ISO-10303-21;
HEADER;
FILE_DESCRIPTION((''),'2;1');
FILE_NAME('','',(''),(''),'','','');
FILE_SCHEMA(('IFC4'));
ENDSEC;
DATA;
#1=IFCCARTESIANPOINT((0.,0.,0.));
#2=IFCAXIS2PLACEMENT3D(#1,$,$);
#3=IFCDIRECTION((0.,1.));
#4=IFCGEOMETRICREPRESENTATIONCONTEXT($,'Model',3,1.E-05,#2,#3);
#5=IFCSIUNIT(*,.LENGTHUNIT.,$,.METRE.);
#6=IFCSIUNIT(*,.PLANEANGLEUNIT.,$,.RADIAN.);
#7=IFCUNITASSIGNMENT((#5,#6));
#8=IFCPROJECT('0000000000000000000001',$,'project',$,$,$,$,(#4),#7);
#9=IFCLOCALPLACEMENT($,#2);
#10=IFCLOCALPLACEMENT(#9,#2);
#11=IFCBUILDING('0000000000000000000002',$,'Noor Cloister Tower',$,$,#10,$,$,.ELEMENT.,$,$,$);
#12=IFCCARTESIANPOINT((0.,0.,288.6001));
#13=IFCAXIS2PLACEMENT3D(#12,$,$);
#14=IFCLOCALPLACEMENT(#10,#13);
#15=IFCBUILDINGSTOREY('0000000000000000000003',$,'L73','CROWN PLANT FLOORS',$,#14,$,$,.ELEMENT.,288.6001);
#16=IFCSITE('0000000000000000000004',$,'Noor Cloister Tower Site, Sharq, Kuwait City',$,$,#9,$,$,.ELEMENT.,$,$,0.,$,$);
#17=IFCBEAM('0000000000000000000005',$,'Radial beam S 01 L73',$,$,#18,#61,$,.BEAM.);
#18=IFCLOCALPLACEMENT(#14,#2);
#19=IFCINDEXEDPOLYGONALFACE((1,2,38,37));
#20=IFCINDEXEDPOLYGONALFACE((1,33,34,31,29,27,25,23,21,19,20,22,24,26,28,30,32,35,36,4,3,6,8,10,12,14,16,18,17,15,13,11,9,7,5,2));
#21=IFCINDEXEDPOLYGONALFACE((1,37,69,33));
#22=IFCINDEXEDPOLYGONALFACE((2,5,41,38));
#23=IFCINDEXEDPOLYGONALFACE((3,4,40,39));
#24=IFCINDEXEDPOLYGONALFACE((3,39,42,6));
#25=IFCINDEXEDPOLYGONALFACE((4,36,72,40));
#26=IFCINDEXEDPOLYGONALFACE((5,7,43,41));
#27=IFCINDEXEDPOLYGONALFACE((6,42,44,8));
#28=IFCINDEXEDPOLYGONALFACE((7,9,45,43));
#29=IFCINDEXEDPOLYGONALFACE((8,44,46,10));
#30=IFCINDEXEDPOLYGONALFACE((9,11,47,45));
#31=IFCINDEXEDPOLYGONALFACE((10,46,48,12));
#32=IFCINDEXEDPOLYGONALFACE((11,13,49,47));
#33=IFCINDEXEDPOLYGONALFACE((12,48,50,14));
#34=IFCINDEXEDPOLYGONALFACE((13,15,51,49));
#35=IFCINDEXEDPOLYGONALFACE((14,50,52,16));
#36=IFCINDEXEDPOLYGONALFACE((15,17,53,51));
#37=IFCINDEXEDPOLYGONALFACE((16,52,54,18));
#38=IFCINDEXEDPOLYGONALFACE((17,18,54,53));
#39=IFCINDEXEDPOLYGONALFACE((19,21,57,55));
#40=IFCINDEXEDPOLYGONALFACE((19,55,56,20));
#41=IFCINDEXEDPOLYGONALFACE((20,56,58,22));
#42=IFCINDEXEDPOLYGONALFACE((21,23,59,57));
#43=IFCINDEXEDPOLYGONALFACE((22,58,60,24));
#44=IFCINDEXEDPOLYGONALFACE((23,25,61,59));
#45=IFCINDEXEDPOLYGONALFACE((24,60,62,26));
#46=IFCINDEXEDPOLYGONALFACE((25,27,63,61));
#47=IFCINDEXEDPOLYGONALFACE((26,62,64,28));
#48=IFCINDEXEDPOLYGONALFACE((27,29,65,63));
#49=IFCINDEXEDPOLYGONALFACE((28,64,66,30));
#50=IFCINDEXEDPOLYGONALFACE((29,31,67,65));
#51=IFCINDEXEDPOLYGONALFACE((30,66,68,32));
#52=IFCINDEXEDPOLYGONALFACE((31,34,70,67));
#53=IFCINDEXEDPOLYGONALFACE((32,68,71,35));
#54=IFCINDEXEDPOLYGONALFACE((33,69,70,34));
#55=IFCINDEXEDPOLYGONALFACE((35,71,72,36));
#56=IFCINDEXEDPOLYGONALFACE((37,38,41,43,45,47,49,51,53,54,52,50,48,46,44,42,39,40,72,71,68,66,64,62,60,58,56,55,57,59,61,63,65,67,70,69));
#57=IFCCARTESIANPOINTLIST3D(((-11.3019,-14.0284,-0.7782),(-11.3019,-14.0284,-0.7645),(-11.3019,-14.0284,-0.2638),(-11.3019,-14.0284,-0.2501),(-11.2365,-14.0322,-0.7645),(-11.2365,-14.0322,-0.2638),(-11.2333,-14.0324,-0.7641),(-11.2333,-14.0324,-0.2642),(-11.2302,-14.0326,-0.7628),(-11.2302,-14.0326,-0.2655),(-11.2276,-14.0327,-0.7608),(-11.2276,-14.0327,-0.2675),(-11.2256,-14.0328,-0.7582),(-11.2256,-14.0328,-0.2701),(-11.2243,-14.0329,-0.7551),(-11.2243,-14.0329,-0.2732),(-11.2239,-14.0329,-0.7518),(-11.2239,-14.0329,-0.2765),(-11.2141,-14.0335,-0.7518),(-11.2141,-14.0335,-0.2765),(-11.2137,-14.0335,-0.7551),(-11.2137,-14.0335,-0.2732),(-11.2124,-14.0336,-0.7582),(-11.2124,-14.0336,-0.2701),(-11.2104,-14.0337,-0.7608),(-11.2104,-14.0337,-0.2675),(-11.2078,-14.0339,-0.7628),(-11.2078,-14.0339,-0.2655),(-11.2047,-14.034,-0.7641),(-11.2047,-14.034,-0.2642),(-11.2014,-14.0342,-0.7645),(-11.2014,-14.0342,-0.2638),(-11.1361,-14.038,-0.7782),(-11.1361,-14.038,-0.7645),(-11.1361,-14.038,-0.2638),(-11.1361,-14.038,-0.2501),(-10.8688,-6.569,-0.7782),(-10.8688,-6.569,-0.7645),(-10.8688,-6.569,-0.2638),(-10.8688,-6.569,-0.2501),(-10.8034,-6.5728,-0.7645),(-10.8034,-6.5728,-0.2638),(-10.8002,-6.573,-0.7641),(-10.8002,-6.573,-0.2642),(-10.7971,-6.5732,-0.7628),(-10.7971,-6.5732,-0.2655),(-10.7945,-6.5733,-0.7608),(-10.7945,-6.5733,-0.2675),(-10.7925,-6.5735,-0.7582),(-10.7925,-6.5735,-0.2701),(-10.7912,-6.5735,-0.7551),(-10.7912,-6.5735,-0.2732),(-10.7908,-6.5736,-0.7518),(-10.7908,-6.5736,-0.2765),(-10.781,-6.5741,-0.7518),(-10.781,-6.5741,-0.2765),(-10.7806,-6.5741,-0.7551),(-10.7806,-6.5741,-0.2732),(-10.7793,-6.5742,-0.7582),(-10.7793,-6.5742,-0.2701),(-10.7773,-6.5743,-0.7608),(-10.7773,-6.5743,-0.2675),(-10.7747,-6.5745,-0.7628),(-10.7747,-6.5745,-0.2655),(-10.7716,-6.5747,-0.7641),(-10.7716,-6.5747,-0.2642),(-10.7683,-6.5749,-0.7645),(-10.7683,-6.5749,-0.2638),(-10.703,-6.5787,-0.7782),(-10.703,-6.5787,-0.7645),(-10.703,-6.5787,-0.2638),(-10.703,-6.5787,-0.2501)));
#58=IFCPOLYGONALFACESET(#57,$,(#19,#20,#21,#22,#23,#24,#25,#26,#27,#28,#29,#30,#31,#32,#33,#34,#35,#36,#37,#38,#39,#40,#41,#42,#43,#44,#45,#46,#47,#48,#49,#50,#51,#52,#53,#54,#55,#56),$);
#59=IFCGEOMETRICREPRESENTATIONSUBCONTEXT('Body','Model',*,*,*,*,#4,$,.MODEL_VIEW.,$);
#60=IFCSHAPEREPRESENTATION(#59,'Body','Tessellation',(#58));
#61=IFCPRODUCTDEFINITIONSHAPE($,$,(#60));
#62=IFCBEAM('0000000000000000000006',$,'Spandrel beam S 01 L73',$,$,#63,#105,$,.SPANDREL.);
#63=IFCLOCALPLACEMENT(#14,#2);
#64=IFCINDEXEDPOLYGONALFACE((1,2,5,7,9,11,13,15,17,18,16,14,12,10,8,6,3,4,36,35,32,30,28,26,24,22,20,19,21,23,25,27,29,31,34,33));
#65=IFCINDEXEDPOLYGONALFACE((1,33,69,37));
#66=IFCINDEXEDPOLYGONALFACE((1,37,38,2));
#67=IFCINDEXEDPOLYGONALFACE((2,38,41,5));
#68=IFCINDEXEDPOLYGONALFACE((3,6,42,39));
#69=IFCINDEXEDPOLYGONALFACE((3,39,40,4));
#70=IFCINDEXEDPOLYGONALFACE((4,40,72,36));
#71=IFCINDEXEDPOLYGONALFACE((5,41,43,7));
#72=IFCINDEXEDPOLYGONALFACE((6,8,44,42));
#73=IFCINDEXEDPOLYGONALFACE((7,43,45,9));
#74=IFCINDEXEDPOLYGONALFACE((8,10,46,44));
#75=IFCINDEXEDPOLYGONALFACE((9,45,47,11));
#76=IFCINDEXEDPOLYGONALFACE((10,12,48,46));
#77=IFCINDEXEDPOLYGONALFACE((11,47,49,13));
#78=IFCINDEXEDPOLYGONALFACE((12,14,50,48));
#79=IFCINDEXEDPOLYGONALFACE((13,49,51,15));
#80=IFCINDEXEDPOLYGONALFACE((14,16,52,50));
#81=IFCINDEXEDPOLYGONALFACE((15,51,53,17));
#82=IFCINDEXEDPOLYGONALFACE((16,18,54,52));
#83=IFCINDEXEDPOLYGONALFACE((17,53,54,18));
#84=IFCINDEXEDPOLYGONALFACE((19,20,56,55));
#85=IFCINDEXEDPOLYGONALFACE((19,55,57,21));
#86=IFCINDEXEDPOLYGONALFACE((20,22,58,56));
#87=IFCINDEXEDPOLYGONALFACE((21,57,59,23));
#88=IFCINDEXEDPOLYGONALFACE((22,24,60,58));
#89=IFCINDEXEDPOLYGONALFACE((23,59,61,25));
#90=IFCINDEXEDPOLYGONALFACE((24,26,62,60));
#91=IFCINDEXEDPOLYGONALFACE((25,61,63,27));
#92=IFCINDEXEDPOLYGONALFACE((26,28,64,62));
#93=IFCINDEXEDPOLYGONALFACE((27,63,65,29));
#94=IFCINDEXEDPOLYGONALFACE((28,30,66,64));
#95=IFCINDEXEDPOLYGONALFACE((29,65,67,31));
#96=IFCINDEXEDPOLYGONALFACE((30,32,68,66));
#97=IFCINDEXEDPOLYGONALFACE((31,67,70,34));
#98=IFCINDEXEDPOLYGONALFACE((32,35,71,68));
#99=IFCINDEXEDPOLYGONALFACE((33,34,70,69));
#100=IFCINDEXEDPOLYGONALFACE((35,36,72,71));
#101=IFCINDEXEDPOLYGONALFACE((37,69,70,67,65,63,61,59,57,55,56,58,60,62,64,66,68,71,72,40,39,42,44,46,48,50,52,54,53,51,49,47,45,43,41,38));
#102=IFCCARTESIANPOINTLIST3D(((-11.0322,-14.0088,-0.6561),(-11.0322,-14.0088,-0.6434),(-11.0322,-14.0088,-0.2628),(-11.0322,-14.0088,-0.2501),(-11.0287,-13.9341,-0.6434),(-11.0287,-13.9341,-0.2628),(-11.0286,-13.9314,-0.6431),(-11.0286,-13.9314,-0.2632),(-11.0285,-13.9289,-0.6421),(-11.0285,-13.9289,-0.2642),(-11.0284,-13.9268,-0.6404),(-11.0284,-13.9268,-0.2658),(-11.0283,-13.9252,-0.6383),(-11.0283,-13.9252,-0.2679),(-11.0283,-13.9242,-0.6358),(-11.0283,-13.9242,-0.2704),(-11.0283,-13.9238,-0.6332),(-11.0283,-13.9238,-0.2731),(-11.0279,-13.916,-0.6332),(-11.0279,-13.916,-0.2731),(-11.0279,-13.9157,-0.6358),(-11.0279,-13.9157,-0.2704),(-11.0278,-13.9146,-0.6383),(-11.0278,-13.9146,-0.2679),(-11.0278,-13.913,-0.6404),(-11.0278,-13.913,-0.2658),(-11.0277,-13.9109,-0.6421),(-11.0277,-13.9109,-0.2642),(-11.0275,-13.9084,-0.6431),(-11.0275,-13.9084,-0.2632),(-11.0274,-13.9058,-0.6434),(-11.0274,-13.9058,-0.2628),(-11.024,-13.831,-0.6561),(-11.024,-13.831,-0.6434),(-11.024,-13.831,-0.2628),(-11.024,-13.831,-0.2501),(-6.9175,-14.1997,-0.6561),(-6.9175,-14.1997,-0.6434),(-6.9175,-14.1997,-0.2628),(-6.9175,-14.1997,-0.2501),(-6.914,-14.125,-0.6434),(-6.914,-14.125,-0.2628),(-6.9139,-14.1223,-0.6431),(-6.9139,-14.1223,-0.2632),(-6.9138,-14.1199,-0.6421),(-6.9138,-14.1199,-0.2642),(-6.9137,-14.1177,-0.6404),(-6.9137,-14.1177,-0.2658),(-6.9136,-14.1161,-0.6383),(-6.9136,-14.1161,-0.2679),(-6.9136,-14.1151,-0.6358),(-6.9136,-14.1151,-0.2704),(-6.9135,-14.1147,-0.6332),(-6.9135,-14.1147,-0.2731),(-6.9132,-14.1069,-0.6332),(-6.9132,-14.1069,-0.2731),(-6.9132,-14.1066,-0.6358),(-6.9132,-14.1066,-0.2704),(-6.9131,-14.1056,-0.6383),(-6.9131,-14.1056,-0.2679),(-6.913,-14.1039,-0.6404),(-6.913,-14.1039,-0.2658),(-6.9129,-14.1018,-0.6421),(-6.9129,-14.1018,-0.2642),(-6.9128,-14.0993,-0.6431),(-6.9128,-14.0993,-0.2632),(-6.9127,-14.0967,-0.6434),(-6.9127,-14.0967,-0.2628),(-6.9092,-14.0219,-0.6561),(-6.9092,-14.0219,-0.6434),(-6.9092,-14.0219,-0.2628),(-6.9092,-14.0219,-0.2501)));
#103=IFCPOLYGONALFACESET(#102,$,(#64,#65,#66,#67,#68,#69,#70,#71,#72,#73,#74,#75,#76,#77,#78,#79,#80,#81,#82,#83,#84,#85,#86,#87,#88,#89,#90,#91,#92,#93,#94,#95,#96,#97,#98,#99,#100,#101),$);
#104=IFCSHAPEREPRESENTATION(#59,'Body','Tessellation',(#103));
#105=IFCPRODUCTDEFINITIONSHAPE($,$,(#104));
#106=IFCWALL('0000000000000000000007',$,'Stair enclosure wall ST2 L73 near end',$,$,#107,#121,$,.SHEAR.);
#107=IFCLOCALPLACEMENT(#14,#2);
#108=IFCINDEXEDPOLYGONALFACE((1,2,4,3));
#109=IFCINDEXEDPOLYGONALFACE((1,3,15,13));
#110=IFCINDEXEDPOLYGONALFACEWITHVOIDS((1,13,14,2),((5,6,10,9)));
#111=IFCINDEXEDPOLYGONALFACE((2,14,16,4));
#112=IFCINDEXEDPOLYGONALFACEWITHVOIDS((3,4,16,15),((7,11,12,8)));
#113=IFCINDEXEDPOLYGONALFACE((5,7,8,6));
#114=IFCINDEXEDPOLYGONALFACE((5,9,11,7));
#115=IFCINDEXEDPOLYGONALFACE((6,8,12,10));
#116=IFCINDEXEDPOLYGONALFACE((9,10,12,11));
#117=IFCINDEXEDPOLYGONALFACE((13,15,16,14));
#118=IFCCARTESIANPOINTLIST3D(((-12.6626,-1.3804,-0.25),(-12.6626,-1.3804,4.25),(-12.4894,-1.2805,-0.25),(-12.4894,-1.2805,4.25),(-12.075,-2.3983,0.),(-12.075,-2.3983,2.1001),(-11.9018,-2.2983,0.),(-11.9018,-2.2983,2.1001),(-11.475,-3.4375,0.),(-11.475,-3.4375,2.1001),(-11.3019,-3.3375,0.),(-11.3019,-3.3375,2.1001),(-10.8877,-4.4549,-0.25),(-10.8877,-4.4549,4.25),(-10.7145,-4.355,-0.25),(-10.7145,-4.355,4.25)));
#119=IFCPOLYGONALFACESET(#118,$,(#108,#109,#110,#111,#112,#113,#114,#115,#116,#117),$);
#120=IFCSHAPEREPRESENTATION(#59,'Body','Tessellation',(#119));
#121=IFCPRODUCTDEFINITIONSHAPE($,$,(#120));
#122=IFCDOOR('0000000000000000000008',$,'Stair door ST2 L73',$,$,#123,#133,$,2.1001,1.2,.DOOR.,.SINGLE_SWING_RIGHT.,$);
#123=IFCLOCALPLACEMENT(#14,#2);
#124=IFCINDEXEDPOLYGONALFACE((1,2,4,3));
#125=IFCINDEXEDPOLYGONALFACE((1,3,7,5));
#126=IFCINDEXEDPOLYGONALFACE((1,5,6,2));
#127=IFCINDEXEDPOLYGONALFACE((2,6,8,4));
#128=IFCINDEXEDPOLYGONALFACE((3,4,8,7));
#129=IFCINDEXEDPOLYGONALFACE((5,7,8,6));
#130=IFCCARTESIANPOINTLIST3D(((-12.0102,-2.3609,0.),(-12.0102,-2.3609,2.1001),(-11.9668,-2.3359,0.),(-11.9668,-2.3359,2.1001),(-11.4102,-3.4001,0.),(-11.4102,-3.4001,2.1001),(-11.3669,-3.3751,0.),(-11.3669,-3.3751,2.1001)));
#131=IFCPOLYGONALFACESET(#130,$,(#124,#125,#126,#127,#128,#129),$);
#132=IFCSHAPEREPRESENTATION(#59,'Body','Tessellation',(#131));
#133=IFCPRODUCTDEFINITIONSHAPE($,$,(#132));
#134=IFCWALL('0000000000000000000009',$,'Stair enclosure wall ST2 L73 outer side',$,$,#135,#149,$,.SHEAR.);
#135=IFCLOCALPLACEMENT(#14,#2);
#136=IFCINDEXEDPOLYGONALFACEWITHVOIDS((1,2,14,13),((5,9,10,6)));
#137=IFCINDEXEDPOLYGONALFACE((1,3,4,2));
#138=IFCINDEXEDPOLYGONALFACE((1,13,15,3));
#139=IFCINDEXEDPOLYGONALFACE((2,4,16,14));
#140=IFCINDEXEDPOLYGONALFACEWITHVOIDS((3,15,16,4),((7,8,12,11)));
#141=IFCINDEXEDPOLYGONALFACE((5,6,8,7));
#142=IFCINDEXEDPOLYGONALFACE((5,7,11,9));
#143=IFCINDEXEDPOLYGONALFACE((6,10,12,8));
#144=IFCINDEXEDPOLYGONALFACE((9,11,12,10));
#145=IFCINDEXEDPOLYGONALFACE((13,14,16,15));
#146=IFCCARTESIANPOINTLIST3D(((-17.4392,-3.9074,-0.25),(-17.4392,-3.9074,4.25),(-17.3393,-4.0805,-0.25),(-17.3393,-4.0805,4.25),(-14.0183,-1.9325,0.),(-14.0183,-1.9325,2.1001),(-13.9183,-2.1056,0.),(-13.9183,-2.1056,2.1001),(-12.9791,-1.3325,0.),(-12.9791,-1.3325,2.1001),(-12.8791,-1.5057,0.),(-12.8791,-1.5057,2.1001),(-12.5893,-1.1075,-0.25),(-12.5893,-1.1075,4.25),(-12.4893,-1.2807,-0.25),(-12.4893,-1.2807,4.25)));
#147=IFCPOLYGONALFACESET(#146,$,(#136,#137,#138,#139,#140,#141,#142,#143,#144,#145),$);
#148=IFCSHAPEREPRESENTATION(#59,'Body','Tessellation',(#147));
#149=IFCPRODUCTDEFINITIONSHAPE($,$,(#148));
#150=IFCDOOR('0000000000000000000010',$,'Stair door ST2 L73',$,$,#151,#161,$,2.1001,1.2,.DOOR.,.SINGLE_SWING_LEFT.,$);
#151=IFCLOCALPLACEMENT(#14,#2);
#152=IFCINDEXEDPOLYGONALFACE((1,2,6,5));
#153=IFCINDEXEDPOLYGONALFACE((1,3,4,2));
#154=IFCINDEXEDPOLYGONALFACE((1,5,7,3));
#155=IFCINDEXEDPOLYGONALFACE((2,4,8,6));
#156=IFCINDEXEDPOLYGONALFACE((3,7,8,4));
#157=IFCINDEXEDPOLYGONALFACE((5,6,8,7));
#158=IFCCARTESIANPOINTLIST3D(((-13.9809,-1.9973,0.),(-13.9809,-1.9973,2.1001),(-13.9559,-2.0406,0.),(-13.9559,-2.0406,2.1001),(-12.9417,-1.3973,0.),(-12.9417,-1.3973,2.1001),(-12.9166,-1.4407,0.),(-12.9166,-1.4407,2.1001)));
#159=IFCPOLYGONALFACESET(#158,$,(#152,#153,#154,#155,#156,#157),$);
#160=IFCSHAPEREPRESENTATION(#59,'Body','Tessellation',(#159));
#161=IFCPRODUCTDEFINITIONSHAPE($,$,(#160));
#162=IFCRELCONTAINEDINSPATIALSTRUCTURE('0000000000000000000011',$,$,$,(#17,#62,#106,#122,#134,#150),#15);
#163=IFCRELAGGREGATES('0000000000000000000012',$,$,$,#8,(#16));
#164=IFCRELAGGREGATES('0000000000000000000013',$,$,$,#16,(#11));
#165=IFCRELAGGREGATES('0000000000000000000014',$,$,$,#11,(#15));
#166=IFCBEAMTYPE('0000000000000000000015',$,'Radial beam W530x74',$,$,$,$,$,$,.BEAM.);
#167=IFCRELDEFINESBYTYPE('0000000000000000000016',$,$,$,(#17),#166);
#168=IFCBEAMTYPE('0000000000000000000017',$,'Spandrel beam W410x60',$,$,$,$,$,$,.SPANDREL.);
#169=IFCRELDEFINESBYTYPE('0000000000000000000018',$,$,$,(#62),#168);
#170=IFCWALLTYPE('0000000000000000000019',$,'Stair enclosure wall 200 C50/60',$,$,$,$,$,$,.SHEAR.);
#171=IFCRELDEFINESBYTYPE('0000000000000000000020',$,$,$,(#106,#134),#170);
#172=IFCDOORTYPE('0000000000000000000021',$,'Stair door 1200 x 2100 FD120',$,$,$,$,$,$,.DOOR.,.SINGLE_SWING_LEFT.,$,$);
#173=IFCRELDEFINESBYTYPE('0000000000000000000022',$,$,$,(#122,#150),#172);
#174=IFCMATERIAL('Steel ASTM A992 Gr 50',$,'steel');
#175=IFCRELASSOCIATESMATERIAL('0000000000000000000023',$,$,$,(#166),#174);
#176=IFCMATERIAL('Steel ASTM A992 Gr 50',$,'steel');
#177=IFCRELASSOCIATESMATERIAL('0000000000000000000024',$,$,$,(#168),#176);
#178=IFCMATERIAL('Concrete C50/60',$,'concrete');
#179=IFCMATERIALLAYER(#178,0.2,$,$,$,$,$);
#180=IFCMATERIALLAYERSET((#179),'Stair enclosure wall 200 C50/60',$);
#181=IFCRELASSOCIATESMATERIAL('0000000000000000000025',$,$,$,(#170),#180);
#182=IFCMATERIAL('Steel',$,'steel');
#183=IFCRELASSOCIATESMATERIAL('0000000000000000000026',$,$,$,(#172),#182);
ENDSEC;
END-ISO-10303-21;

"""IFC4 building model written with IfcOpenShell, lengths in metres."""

from ifc_helpers import new_model, si_unit, direction, frame, frame_2d, origin, origin_2d, place, context, subcontext, project, spatial, rectangle, i_section, extrude, material, layer, layer_set, material_profile, profile_set, type_object, element, fill, save


model = new_model("IFC4")

# Units and contexts
model_context = context("Model", 3, precision=1e-05, world=origin(), true_north=direction((0.0, 1.0)))
body_context = subcontext(model_context, "Body", "Model", "MODEL_VIEW")
ifc_project = project(units=[si_unit("LENGTHUNIT", "METRE"), si_unit("PLANEANGLEUNIT", "RADIAN")], contexts=[model_context])

# Site, building, storey
site_placement = place(None, origin())
site = spatial("IfcSite", under=ifc_project, at=site_placement, Name="Noor Cloister Tower Site, Sharq, Kuwait City", CompositionType="ELEMENT", RefElevation=0.0)
building_placement = place(site_placement, origin())
building = spatial("IfcBuilding", under=site, at=building_placement, Name="Noor Cloister Tower", CompositionType="ELEMENT")
storey_placement = place(building_placement, frame((0.0, 0.0, 288.6001)))
storey = spatial("IfcBuildingStorey", under=building, at=storey_placement, Name="L73", Description="CROWN PLANT FLOORS", CompositionType="ELEMENT", Elevation=288.6001)

# Beams
ifc_material_1 = material(Name="Steel ASTM A992 Gr 50", Category="steel")
ifc_material_profile_1 = material_profile(ifc_material_1, i_section(OverallWidth=0.166, OverallDepth=0.5281, WebThickness=0.0098, FlangeThickness=0.0137, FilletRadius=0.0127, at=origin_2d()), Name="W530x74")
ifc_profile_set_1 = profile_set([ifc_material_profile_1], Name="Steel ASTM A992 Gr 50")
beam_type_1 = type_object("IfcBeamType", Name="Radial beam W530x74", PredefinedType="BEAM", material=ifc_profile_set_1)
beam_1_placement = place(storey_placement, frame((-11.219, -14.0332, -0.5142), z_axis=(0.057964, 0.998319, 0.0), x_axis=(-0.998319, 0.057964, 0.0)))
element("IfcBeam", 1, at=beam_1_placement, inside=storey, type_object=beam_type_1, Name="Radial beam S 01 L73", PredefinedType="BEAM", context=body_context, shape_type="SweptSolid", body=[
    extrude(i_section(OverallWidth=0.166, OverallDepth=0.5281, WebThickness=0.0098, FlangeThickness=0.0137, FilletRadius=0.0127, at=origin_2d()), origin(), (0.0, 0.0, 1.0), 7.4719),
])
ifc_material_2 = material(Name="Steel ASTM A992 Gr 50", Category="steel")
ifc_material_profile_2 = material_profile(ifc_material_2, i_section(OverallWidth=0.178, OverallDepth=0.406, WebThickness=0.0078, FlangeThickness=0.0127, FilletRadius=0.0103, at=origin_2d()), Name="W410x60")
ifc_profile_set_2 = profile_set([ifc_material_profile_2], Name="Steel ASTM A992 Gr 50")
beam_type_2 = type_object("IfcBeamType", Name="Spandrel beam W410x60", PredefinedType="SPANDREL", material=ifc_profile_set_2)
beam_2_placement = place(storey_placement, frame((-11.0281, -13.9199, -0.4531), z_axis=(0.998925, -0.046349, 0.0), x_axis=(0.046349, 0.998925, 0.0)))
element("IfcBeam", 2, at=beam_2_placement, inside=storey, type_object=beam_type_2, Name="Spandrel beam S 01 L73", PredefinedType="SPANDREL", context=body_context, shape_type="SweptSolid", body=[
    extrude(i_section(OverallWidth=0.178, OverallDepth=0.406, WebThickness=0.0078, FlangeThickness=0.0127, FilletRadius=0.0103, at=origin_2d()), origin(), (0.0, 0.0, 1.0), 4.1191),
])

# Walls, openings, doors
ifc_material_3 = material(Name="Concrete C50/60", Category="concrete")
ifc_layer_1 = layer(ifc_material_3, 0.2)
ifc_layer_set_1 = layer_set([ifc_layer_1], Name="Stair enclosure wall 200 C50/60")
wall_type_1 = type_object("IfcWallType", Name="Stair enclosure wall 200 C50/60", PredefinedType="SHEAR", material=ifc_layer_set_1)
wall_1_placement = place(storey_placement, frame((-12.5759, -1.3306, -0.25), z_axis=(0.0, 0.0, 1.0), x_axis=(0.49997, -0.866042, 0.0)))
wall_1 = element("IfcWall", 3, at=wall_1_placement, inside=storey, type_object=wall_type_1, Name="Stair enclosure wall ST2 L73 near end", PredefinedType="SHEAR", context=body_context, shape_type="SweptSolid", body=[
    extrude(rectangle(XDim=3.55, YDim=0.2, at=frame_2d((1.7749, 0.0))), origin(), (0.0, 0.0, 1.0), 4.5),
])
opening_1_placement = place(wall_1_placement, frame((1.175, 0.0, 0.25)))
opening_1 = element("IfcOpeningElement", 4, at=opening_1_placement, cuts=wall_1, PredefinedType="OPENING", context=body_context, shape_type="SweptSolid", body=[
    extrude(rectangle(XDim=1.2, YDim=2.1001, at=frame_2d((0.6001, 1.05))), frame((0.0, 0.1099, 0.0), z_axis=(0.0, -1.0, 0.0), x_axis=(1.0, 0.0, 0.0)), (0.0, 0.0, 1.0), 0.22),
])
ifc_material_4 = material(Name="Steel", Category="steel")
door_type_1 = type_object("IfcDoorType", Name="Stair door 1200 x 2100 FD120", OperationType="SINGLE_SWING_LEFT", PredefinedType="DOOR", material=ifc_material_4)
door_1_placement = place(opening_1_placement, origin())
door_1 = element("IfcDoor", 5, at=door_1_placement, inside=storey, type_object=door_type_1, Name="Stair door ST2 L73", OperationType="SINGLE_SWING_RIGHT", OverallHeight=2.1001, OverallWidth=1.2, PredefinedType="DOOR", context=body_context, shape_type="SweptSolid", body=[
    extrude(rectangle(XDim=1.2, YDim=2.1001, at=frame_2d((0.6001, 1.05))), frame((0.0, 0.0249, 0.0), z_axis=(0.0, -1.0, 0.0), x_axis=(1.0, 0.0, 0.0)), (0.0, 0.0, 1.0), 0.05),
])
fill(opening_1, door_1)
wall_2_placement = place(storey_placement, frame((-12.5393, -1.1941, -0.25), z_axis=(0.0, 0.0, 1.0), x_axis=(-0.866045, -0.499965, 0.0)))
wall_2 = element("IfcWall", 6, at=wall_2_placement, inside=storey, type_object=wall_type_1, Name="Stair enclosure wall ST2 L73 outer side", PredefinedType="SHEAR", context=body_context, shape_type="SweptSolid", body=[
    extrude(rectangle(XDim=5.6001, YDim=0.2, at=frame_2d((2.8, 0.0))), origin(), (0.0, 0.0, 1.0), 4.5),
])
opening_2_placement = place(wall_2_placement, frame((0.45, 0.0, 0.25)))
opening_2 = element("IfcOpeningElement", 7, at=opening_2_placement, cuts=wall_2, PredefinedType="OPENING", context=body_context, shape_type="SweptSolid", body=[
    extrude(rectangle(XDim=1.2, YDim=2.1001, at=frame_2d((0.6001, 1.05))), frame((0.0, 0.1099, 0.0), z_axis=(0.0, -1.0, 0.0), x_axis=(1.0, 0.0, 0.0)), (0.0, 0.0, 1.0), 0.22),
])
door_2_placement = place(opening_2_placement, origin())
door_2 = element("IfcDoor", 8, at=door_2_placement, inside=storey, type_object=door_type_1, Name="Stair door ST2 L73", OperationType="SINGLE_SWING_LEFT", OverallHeight=2.1001, OverallWidth=1.2, PredefinedType="DOOR", context=body_context, shape_type="SweptSolid", body=[
    extrude(rectangle(XDim=1.2, YDim=2.1001, at=frame_2d((0.6001, 1.05))), frame((0.0, 0.0249, 0.0), z_axis=(0.0, -1.0, 0.0), x_axis=(1.0, 0.0, 0.0)), (0.0, 0.0, 1.0), 0.05),
])
fill(opening_2, door_2)

save(model, "model.ifc")
